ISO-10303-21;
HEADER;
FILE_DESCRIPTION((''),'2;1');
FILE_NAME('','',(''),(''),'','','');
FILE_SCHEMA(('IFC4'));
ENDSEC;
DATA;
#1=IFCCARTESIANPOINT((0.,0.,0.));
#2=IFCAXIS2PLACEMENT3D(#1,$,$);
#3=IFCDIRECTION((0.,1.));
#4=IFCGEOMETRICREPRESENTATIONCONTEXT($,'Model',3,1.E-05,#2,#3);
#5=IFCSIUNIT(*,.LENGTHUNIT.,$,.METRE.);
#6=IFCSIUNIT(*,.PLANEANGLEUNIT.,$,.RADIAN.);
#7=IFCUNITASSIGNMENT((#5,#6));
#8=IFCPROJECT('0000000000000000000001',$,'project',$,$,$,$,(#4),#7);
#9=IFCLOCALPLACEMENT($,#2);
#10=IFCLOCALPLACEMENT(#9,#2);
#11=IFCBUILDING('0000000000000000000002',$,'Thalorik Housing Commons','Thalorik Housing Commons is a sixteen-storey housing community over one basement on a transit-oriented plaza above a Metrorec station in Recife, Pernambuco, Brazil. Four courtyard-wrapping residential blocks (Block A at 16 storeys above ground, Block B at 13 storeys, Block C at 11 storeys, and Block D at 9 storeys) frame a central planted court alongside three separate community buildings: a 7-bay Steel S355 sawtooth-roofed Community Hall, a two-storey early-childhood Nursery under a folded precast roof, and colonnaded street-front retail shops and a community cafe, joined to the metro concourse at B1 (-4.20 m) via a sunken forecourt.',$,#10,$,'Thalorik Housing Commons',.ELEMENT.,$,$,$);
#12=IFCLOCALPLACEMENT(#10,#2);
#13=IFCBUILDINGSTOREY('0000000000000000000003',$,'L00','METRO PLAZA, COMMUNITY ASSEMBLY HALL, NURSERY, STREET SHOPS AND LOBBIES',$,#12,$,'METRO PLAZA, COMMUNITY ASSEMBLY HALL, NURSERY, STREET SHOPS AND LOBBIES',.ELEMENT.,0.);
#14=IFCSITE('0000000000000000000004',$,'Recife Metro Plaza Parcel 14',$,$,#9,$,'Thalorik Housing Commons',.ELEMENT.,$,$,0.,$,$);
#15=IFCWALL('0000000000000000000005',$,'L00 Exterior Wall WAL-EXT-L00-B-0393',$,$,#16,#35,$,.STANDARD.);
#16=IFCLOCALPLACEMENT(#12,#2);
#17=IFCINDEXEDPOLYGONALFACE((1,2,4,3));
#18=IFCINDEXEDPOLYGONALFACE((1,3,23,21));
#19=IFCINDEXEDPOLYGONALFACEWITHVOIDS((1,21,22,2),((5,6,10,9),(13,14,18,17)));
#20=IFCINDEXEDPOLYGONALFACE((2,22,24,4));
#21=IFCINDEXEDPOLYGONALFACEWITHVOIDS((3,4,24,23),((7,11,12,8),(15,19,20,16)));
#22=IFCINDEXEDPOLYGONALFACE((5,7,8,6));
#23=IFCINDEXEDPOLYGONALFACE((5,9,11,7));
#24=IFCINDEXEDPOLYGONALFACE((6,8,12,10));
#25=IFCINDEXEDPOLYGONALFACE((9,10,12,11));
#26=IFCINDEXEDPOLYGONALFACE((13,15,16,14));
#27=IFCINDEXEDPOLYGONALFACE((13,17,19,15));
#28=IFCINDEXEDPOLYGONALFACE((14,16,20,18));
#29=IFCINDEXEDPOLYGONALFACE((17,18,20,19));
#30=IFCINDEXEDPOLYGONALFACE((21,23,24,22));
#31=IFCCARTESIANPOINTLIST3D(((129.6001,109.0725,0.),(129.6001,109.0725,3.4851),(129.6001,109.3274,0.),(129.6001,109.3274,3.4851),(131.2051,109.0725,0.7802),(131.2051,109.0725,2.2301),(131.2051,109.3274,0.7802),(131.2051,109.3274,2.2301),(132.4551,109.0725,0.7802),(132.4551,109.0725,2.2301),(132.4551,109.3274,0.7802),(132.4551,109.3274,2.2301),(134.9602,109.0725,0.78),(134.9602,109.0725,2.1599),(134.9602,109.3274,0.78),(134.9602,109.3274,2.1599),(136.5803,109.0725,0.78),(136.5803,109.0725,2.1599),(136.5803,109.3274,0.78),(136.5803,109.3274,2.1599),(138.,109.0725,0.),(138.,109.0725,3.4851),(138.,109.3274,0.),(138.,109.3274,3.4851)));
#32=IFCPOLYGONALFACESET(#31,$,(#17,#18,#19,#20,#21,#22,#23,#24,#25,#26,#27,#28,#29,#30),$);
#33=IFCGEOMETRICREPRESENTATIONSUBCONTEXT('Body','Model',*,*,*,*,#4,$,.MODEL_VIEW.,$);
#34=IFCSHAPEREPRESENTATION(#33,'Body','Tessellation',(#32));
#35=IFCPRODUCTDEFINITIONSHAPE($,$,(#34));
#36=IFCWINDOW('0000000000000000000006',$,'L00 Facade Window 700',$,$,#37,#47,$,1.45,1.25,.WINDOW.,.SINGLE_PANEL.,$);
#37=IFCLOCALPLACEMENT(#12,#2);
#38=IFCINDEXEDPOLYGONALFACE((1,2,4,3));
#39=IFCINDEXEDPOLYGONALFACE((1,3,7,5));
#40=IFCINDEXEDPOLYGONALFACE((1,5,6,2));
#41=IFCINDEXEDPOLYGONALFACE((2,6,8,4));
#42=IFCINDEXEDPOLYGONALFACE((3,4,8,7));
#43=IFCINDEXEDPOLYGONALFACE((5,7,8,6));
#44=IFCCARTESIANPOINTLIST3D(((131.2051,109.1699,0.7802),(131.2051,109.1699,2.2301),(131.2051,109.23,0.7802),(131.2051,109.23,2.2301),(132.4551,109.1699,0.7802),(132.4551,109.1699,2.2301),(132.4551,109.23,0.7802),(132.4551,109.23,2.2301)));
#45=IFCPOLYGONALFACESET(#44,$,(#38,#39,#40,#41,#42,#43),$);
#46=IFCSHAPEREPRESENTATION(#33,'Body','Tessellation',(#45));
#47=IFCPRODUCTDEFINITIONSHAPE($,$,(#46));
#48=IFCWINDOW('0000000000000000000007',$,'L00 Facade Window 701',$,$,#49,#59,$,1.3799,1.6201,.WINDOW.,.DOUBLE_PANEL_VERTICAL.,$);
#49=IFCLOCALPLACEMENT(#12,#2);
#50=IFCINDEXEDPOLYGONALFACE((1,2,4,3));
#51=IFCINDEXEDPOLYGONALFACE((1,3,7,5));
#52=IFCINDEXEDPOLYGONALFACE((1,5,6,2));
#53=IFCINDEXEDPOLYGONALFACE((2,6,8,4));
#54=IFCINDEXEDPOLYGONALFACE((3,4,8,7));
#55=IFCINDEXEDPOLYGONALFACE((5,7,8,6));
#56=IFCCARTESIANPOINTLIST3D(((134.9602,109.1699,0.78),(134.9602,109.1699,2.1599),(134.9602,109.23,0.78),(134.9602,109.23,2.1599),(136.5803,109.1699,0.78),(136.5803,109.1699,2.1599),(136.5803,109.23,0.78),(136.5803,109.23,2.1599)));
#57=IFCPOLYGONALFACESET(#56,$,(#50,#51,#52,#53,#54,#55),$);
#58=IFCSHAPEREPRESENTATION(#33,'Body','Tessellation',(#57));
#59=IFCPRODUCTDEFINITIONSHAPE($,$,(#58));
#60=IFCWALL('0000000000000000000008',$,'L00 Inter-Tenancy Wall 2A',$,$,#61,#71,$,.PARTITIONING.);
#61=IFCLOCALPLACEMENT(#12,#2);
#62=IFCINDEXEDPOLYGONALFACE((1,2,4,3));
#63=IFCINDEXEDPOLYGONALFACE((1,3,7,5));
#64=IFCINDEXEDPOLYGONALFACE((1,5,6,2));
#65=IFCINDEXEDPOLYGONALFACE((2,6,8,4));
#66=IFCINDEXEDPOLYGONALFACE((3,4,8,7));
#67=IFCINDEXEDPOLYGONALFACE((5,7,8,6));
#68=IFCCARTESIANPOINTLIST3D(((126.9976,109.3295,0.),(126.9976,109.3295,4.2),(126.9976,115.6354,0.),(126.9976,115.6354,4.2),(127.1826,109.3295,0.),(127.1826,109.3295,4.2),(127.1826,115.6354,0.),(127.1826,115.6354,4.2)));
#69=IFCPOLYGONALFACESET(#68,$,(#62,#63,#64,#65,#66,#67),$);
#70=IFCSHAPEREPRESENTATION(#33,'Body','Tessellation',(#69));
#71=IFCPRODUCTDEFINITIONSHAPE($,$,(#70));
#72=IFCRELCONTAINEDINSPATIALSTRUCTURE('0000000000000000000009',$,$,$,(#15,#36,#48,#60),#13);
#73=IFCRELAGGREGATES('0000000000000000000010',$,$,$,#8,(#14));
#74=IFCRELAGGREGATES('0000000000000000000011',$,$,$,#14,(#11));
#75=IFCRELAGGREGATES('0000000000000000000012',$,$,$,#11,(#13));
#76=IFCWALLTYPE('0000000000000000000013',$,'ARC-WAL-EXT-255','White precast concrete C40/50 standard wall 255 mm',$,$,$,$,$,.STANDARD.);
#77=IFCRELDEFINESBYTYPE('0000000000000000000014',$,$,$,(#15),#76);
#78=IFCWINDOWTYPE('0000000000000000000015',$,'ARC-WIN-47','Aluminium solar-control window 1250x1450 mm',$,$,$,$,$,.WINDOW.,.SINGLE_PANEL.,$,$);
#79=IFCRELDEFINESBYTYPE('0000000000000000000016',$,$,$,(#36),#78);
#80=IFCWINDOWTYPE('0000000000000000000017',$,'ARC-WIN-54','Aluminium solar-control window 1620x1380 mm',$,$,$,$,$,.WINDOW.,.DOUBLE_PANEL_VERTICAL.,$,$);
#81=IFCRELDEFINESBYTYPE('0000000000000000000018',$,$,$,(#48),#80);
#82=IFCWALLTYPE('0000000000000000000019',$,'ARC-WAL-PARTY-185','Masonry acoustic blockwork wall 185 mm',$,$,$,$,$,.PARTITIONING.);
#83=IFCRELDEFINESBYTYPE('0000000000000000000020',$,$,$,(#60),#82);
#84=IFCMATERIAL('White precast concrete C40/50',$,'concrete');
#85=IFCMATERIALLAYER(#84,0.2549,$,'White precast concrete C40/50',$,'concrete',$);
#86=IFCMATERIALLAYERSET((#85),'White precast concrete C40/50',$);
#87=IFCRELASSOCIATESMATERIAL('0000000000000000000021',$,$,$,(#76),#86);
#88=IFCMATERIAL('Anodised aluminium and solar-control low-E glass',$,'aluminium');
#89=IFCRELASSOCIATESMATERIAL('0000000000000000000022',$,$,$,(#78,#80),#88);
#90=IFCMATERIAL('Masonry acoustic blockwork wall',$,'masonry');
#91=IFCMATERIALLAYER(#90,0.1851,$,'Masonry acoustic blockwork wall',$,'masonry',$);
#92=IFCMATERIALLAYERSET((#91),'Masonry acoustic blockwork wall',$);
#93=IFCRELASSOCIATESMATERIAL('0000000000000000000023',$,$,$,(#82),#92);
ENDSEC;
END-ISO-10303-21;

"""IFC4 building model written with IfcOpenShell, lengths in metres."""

from ifc_helpers import new_model, si_unit, direction, frame, frame_2d, origin, place, context, subcontext, project, spatial, rectangle, extrude, material, layer, layer_set, type_object, element, fill, save


model = new_model("IFC4")

# Units and contexts
model_context = context("Model", 3, precision=1e-05, world=origin(), true_north=direction((0.0, 1.0)))
body_context = subcontext(model_context, "Body", "Model", "MODEL_VIEW")
ifc_project = project(units=[si_unit("LENGTHUNIT", "METRE"), si_unit("PLANEANGLEUNIT", "RADIAN")], contexts=[model_context])

# Site, building, storey
site_placement = place(None, origin())
site = spatial("IfcSite", under=ifc_project, at=site_placement, Name="Recife Metro Plaza Parcel 14", LongName="Thalorik Housing Commons", CompositionType="ELEMENT", RefElevation=0.0)
building_placement = place(site_placement, origin())
building = spatial("IfcBuilding", under=site, at=building_placement, Name="Thalorik Housing Commons", Description="Thalorik Housing Commons is a sixteen-storey housing community over one basement on a transit-oriented plaza above a Metrorec station in Recife, Pernambuco, Brazil. Four courtyard-wrapping residential blocks (Block A at 16 storeys above ground, Block B at 13 storeys, Block C at 11 storeys, and Block D at 9 storeys) frame a central planted court alongside three separate community buildings: a 7-bay Steel S355 sawtooth-roofed Community Hall, a two-storey early-childhood Nursery under a folded precast roof, and colonnaded street-front retail shops and a community cafe, joined to the metro concourse at B1 (-4.20 m) via a sunken forecourt.", LongName="Thalorik Housing Commons", CompositionType="ELEMENT")
storey_placement = place(building_placement, origin())
storey = spatial("IfcBuildingStorey", under=building, at=storey_placement, Name="L00", Description="METRO PLAZA, COMMUNITY ASSEMBLY HALL, NURSERY, STREET SHOPS AND LOBBIES", LongName="METRO PLAZA, COMMUNITY ASSEMBLY HALL, NURSERY, STREET SHOPS AND LOBBIES", CompositionType="ELEMENT", Elevation=0.0)

# Wall, openings, windows
ifc_material_1 = material(Name="White precast concrete C40/50", Category="concrete")
ifc_layer_1 = layer(ifc_material_1, 0.2549, Name="White precast concrete C40/50", Category="concrete")
ifc_layer_set_1 = layer_set([ifc_layer_1], Name="White precast concrete C40/50")
wall_type_1 = type_object("IfcWallType", Name="ARC-WAL-EXT-255", Description="White precast concrete C40/50 standard wall 255 mm", PredefinedType="STANDARD", material=ifc_layer_set_1)
ifc_material_2 = material(Name="Anodised aluminium and solar-control low-E glass", Category="aluminium")
wall_1_placement = place(storey_placement, frame((129.6001, 109.2, 0.0), z_axis=(0.0, 0.0, 1.0), x_axis=(1.0, 0.0, 0.0)))
wall_1 = element("IfcWall", 1, at=wall_1_placement, inside=storey, type_object=wall_type_1, Name="L00 Exterior Wall WAL-EXT-L00-B-0393", PredefinedType="STANDARD", context=body_context, shape_type="SweptSolid", body=[
    extrude(rectangle(XDim=8.3999, YDim=0.2549, at=frame_2d((4.2, 0.0))), origin(), (0.0, 0.0, 1.0), 3.4851),
])
opening_1_placement = place(wall_1_placement, frame((1.605, 0.0, 0.78)))
opening_1 = element("IfcOpeningElement", 2, at=opening_1_placement, cuts=wall_1, PredefinedType="OPENING", context=body_context, shape_type="SweptSolid", body=[
    extrude(rectangle(XDim=1.25, YDim=1.45, at=frame_2d((0.625, 0.7251))), frame((0.0, 0.1375, 0.0), z_axis=(0.0, -1.0, 0.0), x_axis=(1.0, 0.0, 0.0)), (0.0, 0.0, 1.0), 0.2749),
])
opening_2_placement = place(wall_1_placement, frame((5.3601, 0.0, 0.78)))
opening_2 = element("IfcOpeningElement", 3, at=opening_2_placement, cuts=wall_1, PredefinedType="OPENING", context=body_context, shape_type="SweptSolid", body=[
    extrude(rectangle(XDim=1.6201, YDim=1.3799, at=frame_2d((0.8101, 0.6899))), frame((0.0, 0.1375, 0.0), z_axis=(0.0, -1.0, 0.0), x_axis=(1.0, 0.0, 0.0)), (0.0, 0.0, 1.0), 0.2749),
])
window_type_1 = type_object("IfcWindowType", Name="ARC-WIN-47", Description="Aluminium solar-control window 1250x1450 mm", PartitioningType="SINGLE_PANEL", PredefinedType="WINDOW", material=ifc_material_2)
window_1_placement = place(opening_1_placement, origin())
window_1 = element("IfcWindow", 4, at=window_1_placement, inside=storey, type_object=window_type_1, Name="L00 Facade Window 700", OverallHeight=1.45, OverallWidth=1.25, PartitioningType="SINGLE_PANEL", PredefinedType="WINDOW", context=body_context, shape_type="SweptSolid", body=[
    extrude(rectangle(XDim=1.25, YDim=1.45, at=frame_2d((0.625, 0.7251))), frame((0.0, 0.03, 0.0), z_axis=(0.0, -1.0, 0.0), x_axis=(1.0, 0.0, 0.0)), (0.0, 0.0, 1.0), 0.0601),
])
fill(opening_1, window_1)
window_type_2 = type_object("IfcWindowType", Name="ARC-WIN-54", Description="Aluminium solar-control window 1620x1380 mm", PartitioningType="DOUBLE_PANEL_VERTICAL", PredefinedType="WINDOW", material=ifc_material_2)
window_2_placement = place(opening_2_placement, origin())
window_2 = element("IfcWindow", 5, at=window_2_placement, inside=storey, type_object=window_type_2, Name="L00 Facade Window 701", OverallHeight=1.3799, OverallWidth=1.6201, PartitioningType="DOUBLE_PANEL_VERTICAL", PredefinedType="WINDOW", context=body_context, shape_type="SweptSolid", body=[
    extrude(rectangle(XDim=1.6201, YDim=1.3799, at=frame_2d((0.8101, 0.6899))), frame((0.0, 0.03, 0.0), z_axis=(0.0, -1.0, 0.0), x_axis=(1.0, 0.0, 0.0)), (0.0, 0.0, 1.0), 0.0601),
])
fill(opening_2, window_2)

# Wall
ifc_material_3 = material(Name="Masonry acoustic blockwork wall", Category="masonry")
ifc_layer_2 = layer(ifc_material_3, 0.1851, Name="Masonry acoustic blockwork wall", Category="masonry")
ifc_layer_set_2 = layer_set([ifc_layer_2], Name="Masonry acoustic blockwork wall")
wall_type_2 = type_object("IfcWallType", Name="ARC-WAL-PARTY-185", Description="Masonry acoustic blockwork wall 185 mm", PredefinedType="PARTITIONING", material=ifc_layer_set_2)
wall_2_placement = place(storey_placement, frame((127.0901, 109.3296, 0.0), z_axis=(0.0, 0.0, 1.0), x_axis=(0.0, 1.0, 0.0)))
element("IfcWall", 6, at=wall_2_placement, inside=storey, type_object=wall_type_2, Name="L00 Inter-Tenancy Wall 2A", PredefinedType="PARTITIONING", context=body_context, shape_type="SweptSolid", body=[
    extrude(rectangle(XDim=6.3059, YDim=0.1851, at=frame_2d((3.1528, 0.0))), origin(), (0.0, 0.0, 1.0), 4.2),
])

save(model, "model.ifc")
